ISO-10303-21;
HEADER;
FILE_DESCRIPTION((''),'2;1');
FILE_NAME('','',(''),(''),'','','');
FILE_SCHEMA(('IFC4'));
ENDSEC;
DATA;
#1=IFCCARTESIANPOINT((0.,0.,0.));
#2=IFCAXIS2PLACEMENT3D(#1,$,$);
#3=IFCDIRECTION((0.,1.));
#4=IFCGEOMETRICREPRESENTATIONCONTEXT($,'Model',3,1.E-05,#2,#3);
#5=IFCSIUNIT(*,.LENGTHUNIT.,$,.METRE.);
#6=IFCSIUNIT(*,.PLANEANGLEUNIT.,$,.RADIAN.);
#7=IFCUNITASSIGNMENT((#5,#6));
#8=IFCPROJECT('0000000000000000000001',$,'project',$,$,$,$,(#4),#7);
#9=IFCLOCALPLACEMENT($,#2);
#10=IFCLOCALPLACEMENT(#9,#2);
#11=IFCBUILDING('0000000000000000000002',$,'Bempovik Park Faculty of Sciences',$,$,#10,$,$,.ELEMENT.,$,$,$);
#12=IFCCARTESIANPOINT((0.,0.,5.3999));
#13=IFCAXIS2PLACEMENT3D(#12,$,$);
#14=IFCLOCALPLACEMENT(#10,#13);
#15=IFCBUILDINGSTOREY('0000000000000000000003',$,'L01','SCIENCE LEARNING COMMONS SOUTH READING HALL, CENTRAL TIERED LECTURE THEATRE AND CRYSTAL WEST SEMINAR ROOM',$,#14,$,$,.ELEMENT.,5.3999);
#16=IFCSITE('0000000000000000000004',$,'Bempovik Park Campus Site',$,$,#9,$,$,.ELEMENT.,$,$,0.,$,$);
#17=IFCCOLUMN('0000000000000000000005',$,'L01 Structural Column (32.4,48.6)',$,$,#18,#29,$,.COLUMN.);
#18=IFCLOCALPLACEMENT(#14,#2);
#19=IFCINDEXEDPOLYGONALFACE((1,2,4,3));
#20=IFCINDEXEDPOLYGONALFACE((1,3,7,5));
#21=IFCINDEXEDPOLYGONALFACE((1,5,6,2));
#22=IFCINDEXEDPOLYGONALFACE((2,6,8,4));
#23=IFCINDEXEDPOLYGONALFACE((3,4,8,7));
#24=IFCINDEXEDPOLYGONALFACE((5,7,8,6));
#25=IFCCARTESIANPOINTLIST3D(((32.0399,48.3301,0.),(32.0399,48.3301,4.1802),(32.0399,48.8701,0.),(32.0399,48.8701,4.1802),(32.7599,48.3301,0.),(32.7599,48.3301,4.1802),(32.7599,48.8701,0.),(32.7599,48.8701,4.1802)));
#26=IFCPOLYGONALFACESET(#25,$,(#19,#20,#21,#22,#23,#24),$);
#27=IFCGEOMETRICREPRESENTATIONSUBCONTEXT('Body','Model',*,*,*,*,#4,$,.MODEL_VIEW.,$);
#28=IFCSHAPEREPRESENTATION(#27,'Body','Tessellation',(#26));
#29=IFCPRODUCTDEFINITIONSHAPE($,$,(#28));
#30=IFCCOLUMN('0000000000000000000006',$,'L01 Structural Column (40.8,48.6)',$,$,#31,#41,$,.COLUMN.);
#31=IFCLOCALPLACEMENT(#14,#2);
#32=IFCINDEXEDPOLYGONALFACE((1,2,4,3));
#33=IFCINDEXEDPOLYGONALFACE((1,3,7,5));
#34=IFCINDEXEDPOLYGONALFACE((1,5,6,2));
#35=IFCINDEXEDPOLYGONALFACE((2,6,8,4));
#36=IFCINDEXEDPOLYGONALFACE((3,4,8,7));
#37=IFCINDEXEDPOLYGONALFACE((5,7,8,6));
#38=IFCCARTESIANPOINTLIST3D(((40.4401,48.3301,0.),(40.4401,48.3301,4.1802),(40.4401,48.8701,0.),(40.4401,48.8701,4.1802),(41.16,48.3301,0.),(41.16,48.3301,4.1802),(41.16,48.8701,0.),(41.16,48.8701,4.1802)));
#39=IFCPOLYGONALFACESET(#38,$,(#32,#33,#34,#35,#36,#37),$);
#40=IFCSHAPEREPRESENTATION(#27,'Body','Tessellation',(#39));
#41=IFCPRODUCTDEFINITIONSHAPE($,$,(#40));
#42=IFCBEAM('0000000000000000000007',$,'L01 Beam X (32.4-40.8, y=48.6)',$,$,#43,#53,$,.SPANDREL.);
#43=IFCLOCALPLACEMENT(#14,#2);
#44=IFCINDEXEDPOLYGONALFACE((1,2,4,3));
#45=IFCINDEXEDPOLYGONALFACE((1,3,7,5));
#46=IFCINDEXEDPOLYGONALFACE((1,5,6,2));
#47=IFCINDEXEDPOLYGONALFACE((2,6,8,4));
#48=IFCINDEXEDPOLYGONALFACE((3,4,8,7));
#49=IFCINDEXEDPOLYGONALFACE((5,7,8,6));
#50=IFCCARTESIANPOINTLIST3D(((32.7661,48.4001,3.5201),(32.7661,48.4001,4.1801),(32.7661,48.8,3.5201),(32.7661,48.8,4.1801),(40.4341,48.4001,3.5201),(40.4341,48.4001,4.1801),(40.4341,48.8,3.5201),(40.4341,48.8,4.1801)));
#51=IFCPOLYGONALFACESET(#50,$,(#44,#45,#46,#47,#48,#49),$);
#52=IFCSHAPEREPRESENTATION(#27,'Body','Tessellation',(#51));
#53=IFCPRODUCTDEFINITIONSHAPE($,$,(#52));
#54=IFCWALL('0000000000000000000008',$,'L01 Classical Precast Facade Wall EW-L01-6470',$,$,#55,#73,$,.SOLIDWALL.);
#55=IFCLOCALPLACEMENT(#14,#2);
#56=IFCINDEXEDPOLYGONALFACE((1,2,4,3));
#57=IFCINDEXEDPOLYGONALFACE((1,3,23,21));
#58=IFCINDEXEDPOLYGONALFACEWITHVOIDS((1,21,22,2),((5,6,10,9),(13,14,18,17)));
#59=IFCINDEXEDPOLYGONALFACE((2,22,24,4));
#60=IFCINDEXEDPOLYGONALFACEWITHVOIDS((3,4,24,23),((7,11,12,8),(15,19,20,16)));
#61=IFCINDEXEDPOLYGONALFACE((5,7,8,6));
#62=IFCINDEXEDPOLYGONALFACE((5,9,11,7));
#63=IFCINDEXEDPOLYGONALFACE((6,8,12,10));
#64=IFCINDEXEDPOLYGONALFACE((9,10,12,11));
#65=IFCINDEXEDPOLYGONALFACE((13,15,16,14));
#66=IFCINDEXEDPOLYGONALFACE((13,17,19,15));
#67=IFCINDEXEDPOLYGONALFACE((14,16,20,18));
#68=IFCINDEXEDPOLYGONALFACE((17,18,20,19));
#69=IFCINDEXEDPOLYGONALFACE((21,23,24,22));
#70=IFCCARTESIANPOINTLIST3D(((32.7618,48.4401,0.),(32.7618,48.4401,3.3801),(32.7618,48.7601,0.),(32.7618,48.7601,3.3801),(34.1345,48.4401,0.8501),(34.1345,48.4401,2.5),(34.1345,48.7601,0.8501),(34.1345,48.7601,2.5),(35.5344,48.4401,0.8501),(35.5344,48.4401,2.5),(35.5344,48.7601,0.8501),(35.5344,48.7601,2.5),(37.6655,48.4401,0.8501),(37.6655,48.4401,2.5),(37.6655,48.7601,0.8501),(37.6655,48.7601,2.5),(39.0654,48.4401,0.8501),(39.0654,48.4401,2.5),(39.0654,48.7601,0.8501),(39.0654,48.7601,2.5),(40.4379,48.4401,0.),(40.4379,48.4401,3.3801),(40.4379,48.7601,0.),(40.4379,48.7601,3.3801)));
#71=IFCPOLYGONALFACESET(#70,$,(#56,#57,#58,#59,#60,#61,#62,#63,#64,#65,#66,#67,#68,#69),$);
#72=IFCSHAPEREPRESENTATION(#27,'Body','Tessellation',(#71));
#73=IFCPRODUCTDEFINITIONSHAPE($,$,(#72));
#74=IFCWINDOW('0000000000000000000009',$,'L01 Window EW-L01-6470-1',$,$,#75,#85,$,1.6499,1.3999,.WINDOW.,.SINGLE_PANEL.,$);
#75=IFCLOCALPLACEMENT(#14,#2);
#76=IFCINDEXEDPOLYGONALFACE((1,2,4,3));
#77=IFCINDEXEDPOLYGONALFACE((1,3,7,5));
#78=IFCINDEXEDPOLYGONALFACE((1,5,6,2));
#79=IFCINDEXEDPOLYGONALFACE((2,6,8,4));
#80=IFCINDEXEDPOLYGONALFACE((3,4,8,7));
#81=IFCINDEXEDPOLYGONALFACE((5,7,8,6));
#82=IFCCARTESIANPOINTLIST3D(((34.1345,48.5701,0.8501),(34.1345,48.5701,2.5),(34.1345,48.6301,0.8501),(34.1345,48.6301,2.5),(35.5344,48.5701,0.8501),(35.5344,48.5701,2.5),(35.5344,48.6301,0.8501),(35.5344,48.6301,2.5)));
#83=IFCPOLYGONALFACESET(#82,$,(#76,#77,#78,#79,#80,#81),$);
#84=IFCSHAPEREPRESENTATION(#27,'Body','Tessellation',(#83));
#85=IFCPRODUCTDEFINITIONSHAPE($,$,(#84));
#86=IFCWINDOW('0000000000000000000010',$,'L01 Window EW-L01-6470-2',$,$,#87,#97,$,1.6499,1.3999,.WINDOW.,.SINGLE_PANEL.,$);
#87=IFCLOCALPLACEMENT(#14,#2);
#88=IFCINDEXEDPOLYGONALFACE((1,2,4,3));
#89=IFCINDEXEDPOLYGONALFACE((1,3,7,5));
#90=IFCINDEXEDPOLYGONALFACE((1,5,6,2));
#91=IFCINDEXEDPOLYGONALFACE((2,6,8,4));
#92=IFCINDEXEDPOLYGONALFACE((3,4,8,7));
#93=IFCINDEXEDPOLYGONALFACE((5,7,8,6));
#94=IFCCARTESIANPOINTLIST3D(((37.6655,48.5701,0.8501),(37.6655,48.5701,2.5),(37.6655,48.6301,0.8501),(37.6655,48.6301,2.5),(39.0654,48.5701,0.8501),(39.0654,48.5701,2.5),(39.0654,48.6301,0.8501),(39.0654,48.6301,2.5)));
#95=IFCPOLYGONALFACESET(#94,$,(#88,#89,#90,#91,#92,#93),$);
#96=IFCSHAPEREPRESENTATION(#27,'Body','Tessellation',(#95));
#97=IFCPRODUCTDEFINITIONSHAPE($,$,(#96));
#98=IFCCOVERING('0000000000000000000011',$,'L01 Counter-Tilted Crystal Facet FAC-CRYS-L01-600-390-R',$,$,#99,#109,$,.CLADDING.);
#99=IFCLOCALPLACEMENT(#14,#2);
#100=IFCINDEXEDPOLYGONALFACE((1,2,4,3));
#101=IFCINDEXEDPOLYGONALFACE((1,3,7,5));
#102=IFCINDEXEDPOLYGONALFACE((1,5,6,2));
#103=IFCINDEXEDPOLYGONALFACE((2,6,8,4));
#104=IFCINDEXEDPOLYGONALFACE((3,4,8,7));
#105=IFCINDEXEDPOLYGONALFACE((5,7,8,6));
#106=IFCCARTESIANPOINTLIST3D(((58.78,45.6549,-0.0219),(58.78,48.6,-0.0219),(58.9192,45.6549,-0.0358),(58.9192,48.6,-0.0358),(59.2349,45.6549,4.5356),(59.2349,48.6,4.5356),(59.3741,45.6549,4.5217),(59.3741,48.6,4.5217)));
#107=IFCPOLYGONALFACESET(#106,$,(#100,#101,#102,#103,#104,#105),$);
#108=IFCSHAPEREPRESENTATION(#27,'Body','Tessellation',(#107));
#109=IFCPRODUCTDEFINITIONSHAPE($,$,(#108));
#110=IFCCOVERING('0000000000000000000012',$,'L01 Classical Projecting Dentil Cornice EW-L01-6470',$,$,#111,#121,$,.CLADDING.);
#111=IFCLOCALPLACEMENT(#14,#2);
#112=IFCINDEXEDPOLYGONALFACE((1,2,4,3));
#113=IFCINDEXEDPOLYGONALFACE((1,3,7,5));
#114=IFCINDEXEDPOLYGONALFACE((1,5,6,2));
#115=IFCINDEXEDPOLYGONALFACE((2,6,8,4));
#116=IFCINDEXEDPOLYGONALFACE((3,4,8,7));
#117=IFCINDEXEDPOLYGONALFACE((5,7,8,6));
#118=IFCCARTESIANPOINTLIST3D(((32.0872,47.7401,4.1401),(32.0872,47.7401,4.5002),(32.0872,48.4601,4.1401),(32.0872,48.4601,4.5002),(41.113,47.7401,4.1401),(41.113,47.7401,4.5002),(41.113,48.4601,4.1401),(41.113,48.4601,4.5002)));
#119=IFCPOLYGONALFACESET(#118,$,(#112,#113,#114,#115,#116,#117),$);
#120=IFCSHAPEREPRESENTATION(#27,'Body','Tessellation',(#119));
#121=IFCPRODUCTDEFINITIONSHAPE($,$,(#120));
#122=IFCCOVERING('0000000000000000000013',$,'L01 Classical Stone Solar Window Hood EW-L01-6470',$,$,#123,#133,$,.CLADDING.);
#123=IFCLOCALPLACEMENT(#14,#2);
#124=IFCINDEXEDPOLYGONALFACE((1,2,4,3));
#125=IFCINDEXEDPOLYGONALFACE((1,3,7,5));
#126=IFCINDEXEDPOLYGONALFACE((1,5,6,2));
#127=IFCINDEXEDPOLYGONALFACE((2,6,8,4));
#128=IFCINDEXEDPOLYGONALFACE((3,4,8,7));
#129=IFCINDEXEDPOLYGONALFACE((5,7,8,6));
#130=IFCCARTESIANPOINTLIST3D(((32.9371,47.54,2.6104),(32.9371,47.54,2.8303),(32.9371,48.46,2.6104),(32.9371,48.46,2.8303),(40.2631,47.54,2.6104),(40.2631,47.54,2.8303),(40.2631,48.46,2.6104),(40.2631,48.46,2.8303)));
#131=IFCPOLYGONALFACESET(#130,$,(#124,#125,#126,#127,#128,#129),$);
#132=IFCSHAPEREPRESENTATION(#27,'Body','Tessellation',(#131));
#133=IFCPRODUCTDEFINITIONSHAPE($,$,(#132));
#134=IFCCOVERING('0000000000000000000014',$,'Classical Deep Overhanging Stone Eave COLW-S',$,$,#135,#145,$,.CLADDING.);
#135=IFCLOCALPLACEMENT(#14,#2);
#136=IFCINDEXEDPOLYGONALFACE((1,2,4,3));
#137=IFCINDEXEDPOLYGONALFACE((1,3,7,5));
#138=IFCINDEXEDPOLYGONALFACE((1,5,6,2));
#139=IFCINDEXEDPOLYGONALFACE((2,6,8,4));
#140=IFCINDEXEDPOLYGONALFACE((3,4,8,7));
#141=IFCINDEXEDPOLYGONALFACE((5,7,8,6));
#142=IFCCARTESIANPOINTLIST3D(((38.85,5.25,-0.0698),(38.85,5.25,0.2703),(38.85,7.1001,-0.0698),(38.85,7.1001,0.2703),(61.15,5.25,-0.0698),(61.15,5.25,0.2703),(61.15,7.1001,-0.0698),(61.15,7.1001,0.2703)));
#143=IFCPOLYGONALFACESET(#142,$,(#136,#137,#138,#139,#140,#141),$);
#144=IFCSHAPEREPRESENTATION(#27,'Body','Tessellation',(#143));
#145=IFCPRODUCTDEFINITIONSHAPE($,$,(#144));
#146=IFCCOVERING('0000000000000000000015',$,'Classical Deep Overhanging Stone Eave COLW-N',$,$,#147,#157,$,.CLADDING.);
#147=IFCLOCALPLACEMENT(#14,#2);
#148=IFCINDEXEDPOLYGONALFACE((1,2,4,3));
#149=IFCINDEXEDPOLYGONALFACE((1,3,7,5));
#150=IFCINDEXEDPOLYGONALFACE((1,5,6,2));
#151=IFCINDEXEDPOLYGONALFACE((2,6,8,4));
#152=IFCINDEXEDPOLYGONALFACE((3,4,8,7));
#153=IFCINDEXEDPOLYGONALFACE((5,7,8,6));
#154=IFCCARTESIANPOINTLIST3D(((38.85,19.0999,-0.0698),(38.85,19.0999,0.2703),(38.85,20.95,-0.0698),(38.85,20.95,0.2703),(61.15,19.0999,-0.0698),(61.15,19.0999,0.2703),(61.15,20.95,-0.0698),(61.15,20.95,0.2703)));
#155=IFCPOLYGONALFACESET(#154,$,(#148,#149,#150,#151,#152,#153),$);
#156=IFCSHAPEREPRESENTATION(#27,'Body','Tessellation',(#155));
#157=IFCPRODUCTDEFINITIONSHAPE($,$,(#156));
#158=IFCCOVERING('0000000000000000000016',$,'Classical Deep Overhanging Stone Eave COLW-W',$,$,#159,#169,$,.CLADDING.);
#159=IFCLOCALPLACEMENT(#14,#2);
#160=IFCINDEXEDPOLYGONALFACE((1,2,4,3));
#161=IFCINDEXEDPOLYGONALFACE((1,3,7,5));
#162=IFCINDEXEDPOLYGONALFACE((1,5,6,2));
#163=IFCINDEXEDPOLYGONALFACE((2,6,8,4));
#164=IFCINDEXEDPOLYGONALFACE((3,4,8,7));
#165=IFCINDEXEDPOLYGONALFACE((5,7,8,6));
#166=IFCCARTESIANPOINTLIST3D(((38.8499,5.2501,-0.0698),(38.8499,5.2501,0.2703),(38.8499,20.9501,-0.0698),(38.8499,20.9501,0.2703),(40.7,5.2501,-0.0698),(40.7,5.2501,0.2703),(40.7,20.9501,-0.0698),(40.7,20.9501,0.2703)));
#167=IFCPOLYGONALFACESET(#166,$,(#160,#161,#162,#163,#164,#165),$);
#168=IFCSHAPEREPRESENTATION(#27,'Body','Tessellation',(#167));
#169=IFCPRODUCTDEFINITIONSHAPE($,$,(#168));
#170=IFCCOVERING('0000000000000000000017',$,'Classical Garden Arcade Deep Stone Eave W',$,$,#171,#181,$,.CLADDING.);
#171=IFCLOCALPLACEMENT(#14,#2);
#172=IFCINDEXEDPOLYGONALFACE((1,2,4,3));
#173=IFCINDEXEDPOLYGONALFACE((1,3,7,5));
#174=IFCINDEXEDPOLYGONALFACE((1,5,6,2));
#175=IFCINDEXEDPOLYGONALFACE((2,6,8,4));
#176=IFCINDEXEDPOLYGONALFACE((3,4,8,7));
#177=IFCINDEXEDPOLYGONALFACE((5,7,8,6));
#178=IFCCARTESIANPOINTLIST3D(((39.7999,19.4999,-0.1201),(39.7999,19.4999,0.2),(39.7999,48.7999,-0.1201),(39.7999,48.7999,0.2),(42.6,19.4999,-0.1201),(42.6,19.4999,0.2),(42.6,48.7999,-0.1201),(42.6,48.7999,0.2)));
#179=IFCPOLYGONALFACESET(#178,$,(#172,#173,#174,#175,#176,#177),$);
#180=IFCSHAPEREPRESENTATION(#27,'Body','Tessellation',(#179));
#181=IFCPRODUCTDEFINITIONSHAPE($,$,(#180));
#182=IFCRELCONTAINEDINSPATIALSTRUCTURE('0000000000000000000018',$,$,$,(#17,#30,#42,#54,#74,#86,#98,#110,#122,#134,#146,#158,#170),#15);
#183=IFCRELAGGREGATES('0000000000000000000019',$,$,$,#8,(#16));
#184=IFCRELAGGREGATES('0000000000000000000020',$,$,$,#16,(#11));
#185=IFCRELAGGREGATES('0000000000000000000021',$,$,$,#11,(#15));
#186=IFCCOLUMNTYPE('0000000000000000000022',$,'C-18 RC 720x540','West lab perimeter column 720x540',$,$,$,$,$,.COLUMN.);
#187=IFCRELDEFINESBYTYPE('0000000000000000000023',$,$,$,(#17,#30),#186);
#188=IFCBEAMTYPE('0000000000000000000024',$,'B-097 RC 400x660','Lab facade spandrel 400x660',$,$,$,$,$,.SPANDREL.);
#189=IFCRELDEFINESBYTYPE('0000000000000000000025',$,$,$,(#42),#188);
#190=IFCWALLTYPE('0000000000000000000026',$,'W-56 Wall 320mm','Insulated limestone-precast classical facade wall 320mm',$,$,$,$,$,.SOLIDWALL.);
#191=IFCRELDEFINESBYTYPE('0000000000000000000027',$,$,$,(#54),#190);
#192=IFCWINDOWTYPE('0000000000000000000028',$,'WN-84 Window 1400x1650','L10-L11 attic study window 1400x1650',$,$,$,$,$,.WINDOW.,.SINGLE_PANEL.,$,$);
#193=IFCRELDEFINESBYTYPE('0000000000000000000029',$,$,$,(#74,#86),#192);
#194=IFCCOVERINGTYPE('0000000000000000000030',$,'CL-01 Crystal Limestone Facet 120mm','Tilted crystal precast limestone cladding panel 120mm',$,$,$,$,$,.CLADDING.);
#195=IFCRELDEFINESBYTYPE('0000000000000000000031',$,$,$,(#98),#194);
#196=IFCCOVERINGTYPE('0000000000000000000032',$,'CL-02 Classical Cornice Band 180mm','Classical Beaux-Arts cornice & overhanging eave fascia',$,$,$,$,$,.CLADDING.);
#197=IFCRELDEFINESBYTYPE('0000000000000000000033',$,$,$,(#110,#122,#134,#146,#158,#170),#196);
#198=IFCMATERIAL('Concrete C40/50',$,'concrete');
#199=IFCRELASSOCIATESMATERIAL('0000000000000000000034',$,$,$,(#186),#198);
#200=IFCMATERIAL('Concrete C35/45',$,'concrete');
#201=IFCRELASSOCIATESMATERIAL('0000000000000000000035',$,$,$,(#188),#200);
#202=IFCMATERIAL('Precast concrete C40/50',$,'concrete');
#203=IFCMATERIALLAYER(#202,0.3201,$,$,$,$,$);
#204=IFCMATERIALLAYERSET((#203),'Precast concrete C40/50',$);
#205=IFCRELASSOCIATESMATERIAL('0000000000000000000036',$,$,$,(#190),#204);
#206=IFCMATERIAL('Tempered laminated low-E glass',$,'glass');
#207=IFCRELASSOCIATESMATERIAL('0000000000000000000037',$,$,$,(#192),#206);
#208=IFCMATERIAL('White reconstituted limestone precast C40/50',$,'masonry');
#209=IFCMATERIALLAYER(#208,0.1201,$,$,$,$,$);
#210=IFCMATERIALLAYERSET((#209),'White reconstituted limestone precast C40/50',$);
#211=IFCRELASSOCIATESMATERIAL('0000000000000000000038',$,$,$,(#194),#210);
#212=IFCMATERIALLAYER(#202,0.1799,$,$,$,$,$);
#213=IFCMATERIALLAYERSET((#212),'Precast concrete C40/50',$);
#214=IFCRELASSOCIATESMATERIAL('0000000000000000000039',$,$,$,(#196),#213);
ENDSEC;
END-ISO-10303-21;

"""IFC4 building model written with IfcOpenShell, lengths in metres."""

from ifc_helpers import new_model, si_unit, direction, frame, frame_2d, origin, origin_2d, place, context, subcontext, project, spatial, rectangle, extrude, material, layer, layer_set, material_profile, profile_set, type_object, element, fill, save


model = new_model("IFC4")

# Units and contexts
model_context = context("Model", 3, precision=1e-05, world=origin(), true_north=direction((0.0, 1.0)))
body_context = subcontext(model_context, "Body", "Model", "MODEL_VIEW")
ifc_project = project(units=[si_unit("LENGTHUNIT", "METRE"), si_unit("PLANEANGLEUNIT", "RADIAN")], contexts=[model_context])

# Site, building, storey
site_placement = place(None, origin())
site = spatial("IfcSite", under=ifc_project, at=site_placement, Name="Bempovik Park Campus Site", CompositionType="ELEMENT", RefElevation=0.0)
building_placement = place(site_placement, origin())
building = spatial("IfcBuilding", under=site, at=building_placement, Name="Bempovik Park Faculty of Sciences", CompositionType="ELEMENT")
storey_placement = place(building_placement, frame((0.0, 0.0, 5.3999)))
storey = spatial("IfcBuildingStorey", under=building, at=storey_placement, Name="L01", Description="SCIENCE LEARNING COMMONS SOUTH READING HALL, CENTRAL TIERED LECTURE THEATRE AND CRYSTAL WEST SEMINAR ROOM", CompositionType="ELEMENT", Elevation=5.3999)

# Columns
ifc_material_1 = material(Name="Concrete C40/50", Category="concrete")
ifc_material_profile_1 = material_profile(ifc_material_1, rectangle(XDim=0.72, YDim=0.54, at=origin_2d()), Name="RC 720x540")
ifc_profile_set_1 = profile_set([ifc_material_profile_1], Name="Concrete C40/50")
column_type = type_object("IfcColumnType", Name="C-18 RC 720x540", Description="West lab perimeter column 720x540", PredefinedType="COLUMN", material=ifc_profile_set_1)
for number, where, z_axis, x_axis, name in (
    (1, (32.3999, 48.6001, 0.0), (0.0, 0.0, 1.0), (1.0, 0.0, 0.0), "L01 Structural Column (32.4,48.6)"),
    (2, (40.8, 48.6001, 0.0), (0.0, 0.0, 1.0), (1.0, 0.0, 0.0), "L01 Structural Column (40.8,48.6)"),
):
    element("IfcColumn", number, at=place(storey_placement, frame(where, z_axis=z_axis, x_axis=x_axis)), inside=storey, type_object=column_type, Name=name, PredefinedType="COLUMN", context=body_context, shape_type="SweptSolid", body=[
        extrude(rectangle(XDim=0.72, YDim=0.54, at=origin_2d()), origin(), (0.0, 0.0, 1.0), 4.1802),
    ])

# Beam
ifc_material_2 = material(Name="Concrete C35/45", Category="concrete")
ifc_material_profile_2 = material_profile(ifc_material_2, rectangle(XDim=0.3999, YDim=0.6599, at=origin_2d()), Name="RC 400x660")
ifc_profile_set_2 = profile_set([ifc_material_profile_2], Name="Concrete C35/45")
beam_type = type_object("IfcBeamType", Name="B-097 RC 400x660", Description="Lab facade spandrel 400x660", PredefinedType="SPANDREL", material=ifc_profile_set_2)
beam_placement = place(storey_placement, frame((32.7661, 48.6001, 3.8501), z_axis=(1.0, 0.0, 0.0), x_axis=(0.0, 1.0, 0.0)))
element("IfcBeam", 3, at=beam_placement, inside=storey, type_object=beam_type, Name="L01 Beam X (32.4-40.8, y=48.6)", PredefinedType="SPANDREL", context=body_context, shape_type="SweptSolid", body=[
    extrude(rectangle(XDim=0.3999, YDim=0.6599, at=origin_2d()), origin(), (0.0, 0.0, 1.0), 7.668),
])

# Wall, openings, windows
ifc_material_3 = material(Name="Precast concrete C40/50", Category="concrete")
ifc_layer_1 = layer(ifc_material_3, 0.3201)
ifc_layer_set_1 = layer_set([ifc_layer_1], Name="Precast concrete C40/50")
wall_type = type_object("IfcWallType", Name="W-56 Wall 320mm", Description="Insulated limestone-precast classical facade wall 320mm", PredefinedType="SOLIDWALL", material=ifc_layer_set_1)
wall_placement = place(storey_placement, frame((32.762, 48.6001, 0.0), z_axis=(0.0, 0.0, 1.0), x_axis=(1.0, 0.0, 0.0)))
wall = element("IfcWall", 4, at=wall_placement, inside=storey, type_object=wall_type, Name="L01 Classical Precast Facade Wall EW-L01-6470", PredefinedType="SOLIDWALL", context=body_context, shape_type="SweptSolid", body=[
    extrude(rectangle(XDim=7.676, YDim=0.3201, at=frame_2d((3.8379, 0.0))), origin(), (0.0, 0.0, 1.0), 3.3801),
])
opening_1_placement = place(wall_placement, frame((1.3726, 0.0, 0.8501)))
opening_1 = element("IfcOpeningElement", 5, at=opening_1_placement, cuts=wall, PredefinedType="OPENING", context=body_context, shape_type="SweptSolid", body=[
    extrude(rectangle(XDim=1.3999, YDim=1.6499, at=frame_2d((0.7, 0.825))), frame((0.0, 0.1699, 0.0), z_axis=(0.0, -1.0, 0.0), x_axis=(1.0, 0.0, 0.0)), (0.0, 0.0, 1.0), 0.3401),
])
opening_2_placement = place(wall_placement, frame((4.9036, 0.0, 0.8501)))
opening_2 = element("IfcOpeningElement", 6, at=opening_2_placement, cuts=wall, PredefinedType="OPENING", context=body_context, shape_type="SweptSolid", body=[
    extrude(rectangle(XDim=1.3999, YDim=1.6499, at=frame_2d((0.7, 0.825))), frame((0.0, 0.1699, 0.0), z_axis=(0.0, -1.0, 0.0), x_axis=(1.0, 0.0, 0.0)), (0.0, 0.0, 1.0), 0.3401),
])
ifc_material_4 = material(Name="Tempered laminated low-E glass", Category="glass")
window_type = type_object("IfcWindowType", Name="WN-84 Window 1400x1650", Description="L10-L11 attic study window 1400x1650", PartitioningType="SINGLE_PANEL", PredefinedType="WINDOW", material=ifc_material_4)
window_1_placement = place(opening_1_placement, origin())
window_1 = element("IfcWindow", 7, at=window_1_placement, inside=storey, type_object=window_type, Name="L01 Window EW-L01-6470-1", OverallHeight=1.6499, OverallWidth=1.3999, PartitioningType="SINGLE_PANEL", PredefinedType="WINDOW", context=body_context, shape_type="SweptSolid", body=[
    extrude(rectangle(XDim=1.3999, YDim=1.6499, at=frame_2d((0.7, 0.825))), frame((0.0, 0.03, 0.0), z_axis=(0.0, -1.0, 0.0), x_axis=(1.0, 0.0, 0.0)), (0.0, 0.0, 1.0), 0.0601),
])
fill(opening_1, window_1)
window_2_placement = place(opening_2_placement, origin())
window_2 = element("IfcWindow", 8, at=window_2_placement, inside=storey, type_object=window_type, Name="L01 Window EW-L01-6470-2", OverallHeight=1.6499, OverallWidth=1.3999, PartitioningType="SINGLE_PANEL", PredefinedType="WINDOW", context=body_context, shape_type="SweptSolid", body=[
    extrude(rectangle(XDim=1.3999, YDim=1.6499, at=frame_2d((0.7, 0.825))), frame((0.0, 0.03, 0.0), z_axis=(0.0, -1.0, 0.0), x_axis=(1.0, 0.0, 0.0)), (0.0, 0.0, 1.0), 0.0601),
])
fill(opening_2, window_2)

# Coverings
ifc_material_5 = material(Name="White reconstituted limestone precast C40/50", Category="masonry")
ifc_layer_2 = layer(ifc_material_5, 0.1201)
ifc_layer_set_2 = layer_set([ifc_layer_2], Name="White reconstituted limestone precast C40/50")
covering_type_1 = type_object("IfcCoveringType", Name="CL-01 Crystal Limestone Facet 120mm", Description="Tilted crystal precast limestone cladding panel 120mm", PredefinedType="CLADDING", material=ifc_layer_set_2)
covering_1_placement = place(storey_placement, frame((58.8496, 47.1274, -0.0288), z_axis=(0.09932, 0.0, 0.995056), x_axis=(0.0, 1.0, 0.0)))
element("IfcCovering", 9, at=covering_1_placement, inside=storey, type_object=covering_type_1, Name="L01 Counter-Tilted Crystal Facet FAC-CRYS-L01-600-390-R", PredefinedType="CLADDING", context=body_context, shape_type="SweptSolid", body=[
    extrude(rectangle(XDim=2.9451, YDim=0.1399, at=origin_2d()), origin(), (0.0, 0.0, 1.0), 4.5801),
])
ifc_layer_3 = layer(ifc_material_3, 0.1799)
ifc_layer_set_3 = layer_set([ifc_layer_3], Name="Precast concrete C40/50")
covering_type_2 = type_object("IfcCoveringType", Name="CL-02 Classical Cornice Band 180mm", Description="Classical Beaux-Arts cornice & overhanging eave fascia", PredefinedType="CLADDING", material=ifc_layer_set_3)
covering_2_placement = place(storey_placement, frame((36.6001, 48.1001, 4.1401), z_axis=(0.0, 0.0, 1.0), x_axis=(1.0, 0.0, 0.0)))
element("IfcCovering", 10, at=covering_2_placement, inside=storey, type_object=covering_type_2, Name="L01 Classical Projecting Dentil Cornice EW-L01-6470", PredefinedType="CLADDING", context=body_context, shape_type="SweptSolid", body=[
    extrude(rectangle(XDim=9.0259, YDim=0.72, at=origin_2d()), origin(), (0.0, 0.0, 1.0), 0.3601),
])
covering_3_placement = place(storey_placement, frame((36.6001, 48.0, 2.6104), z_axis=(0.0, 0.0, 1.0), x_axis=(1.0, 0.0, 0.0)))
element("IfcCovering", 11, at=covering_3_placement, inside=storey, type_object=covering_type_2, Name="L01 Classical Stone Solar Window Hood EW-L01-6470", PredefinedType="CLADDING", context=body_context, shape_type="SweptSolid", body=[
    extrude(rectangle(XDim=7.3259, YDim=0.9199, at=origin_2d()), origin(), (0.0, 0.0, 1.0), 0.22),
])
for number, where, z_axis, x_axis, name in (
    (12, (50.0, 6.175, -0.0698), (0.0, 0.0, 1.0), (1.0, 0.0, 0.0), "Classical Deep Overhanging Stone Eave COLW-S"),
    (13, (50.0, 20.0249, -0.0698), (0.0, 0.0, 1.0), (1.0, 0.0, 0.0), "Classical Deep Overhanging Stone Eave COLW-N"),
):
    element("IfcCovering", number, at=place(storey_placement, frame(where, z_axis=z_axis, x_axis=x_axis)), inside=storey, type_object=covering_type_2, Name=name, PredefinedType="CLADDING", context=body_context, shape_type="SweptSolid", body=[
        extrude(rectangle(XDim=22.3, YDim=1.8501, at=origin_2d()), origin(), (0.0, 0.0, 1.0), 0.3401),
    ])
covering_4_placement = place(storey_placement, frame((39.7749, 13.1001, -0.0698), z_axis=(0.0, 0.0, 1.0), x_axis=(1.0, 0.0, 0.0)))
element("IfcCovering", 14, at=covering_4_placement, inside=storey, type_object=covering_type_2, Name="Classical Deep Overhanging Stone Eave COLW-W", PredefinedType="CLADDING", context=body_context, shape_type="SweptSolid", body=[
    extrude(rectangle(XDim=1.8501, YDim=15.7, at=origin_2d()), origin(), (0.0, 0.0, 1.0), 0.3401),
])
covering_5_placement = place(storey_placement, frame((41.2, 34.1499, -0.1201), z_axis=(0.0, 0.0, 1.0), x_axis=(1.0, 0.0, 0.0)))
element("IfcCovering", 15, at=covering_5_placement, inside=storey, type_object=covering_type_2, Name="Classical Garden Arcade Deep Stone Eave W", PredefinedType="CLADDING", context=body_context, shape_type="SweptSolid", body=[
    extrude(rectangle(XDim=2.8, YDim=29.3, at=origin_2d()), origin(), (0.0, 0.0, 1.0), 0.3201),
])

save(model, "model.ifc")
